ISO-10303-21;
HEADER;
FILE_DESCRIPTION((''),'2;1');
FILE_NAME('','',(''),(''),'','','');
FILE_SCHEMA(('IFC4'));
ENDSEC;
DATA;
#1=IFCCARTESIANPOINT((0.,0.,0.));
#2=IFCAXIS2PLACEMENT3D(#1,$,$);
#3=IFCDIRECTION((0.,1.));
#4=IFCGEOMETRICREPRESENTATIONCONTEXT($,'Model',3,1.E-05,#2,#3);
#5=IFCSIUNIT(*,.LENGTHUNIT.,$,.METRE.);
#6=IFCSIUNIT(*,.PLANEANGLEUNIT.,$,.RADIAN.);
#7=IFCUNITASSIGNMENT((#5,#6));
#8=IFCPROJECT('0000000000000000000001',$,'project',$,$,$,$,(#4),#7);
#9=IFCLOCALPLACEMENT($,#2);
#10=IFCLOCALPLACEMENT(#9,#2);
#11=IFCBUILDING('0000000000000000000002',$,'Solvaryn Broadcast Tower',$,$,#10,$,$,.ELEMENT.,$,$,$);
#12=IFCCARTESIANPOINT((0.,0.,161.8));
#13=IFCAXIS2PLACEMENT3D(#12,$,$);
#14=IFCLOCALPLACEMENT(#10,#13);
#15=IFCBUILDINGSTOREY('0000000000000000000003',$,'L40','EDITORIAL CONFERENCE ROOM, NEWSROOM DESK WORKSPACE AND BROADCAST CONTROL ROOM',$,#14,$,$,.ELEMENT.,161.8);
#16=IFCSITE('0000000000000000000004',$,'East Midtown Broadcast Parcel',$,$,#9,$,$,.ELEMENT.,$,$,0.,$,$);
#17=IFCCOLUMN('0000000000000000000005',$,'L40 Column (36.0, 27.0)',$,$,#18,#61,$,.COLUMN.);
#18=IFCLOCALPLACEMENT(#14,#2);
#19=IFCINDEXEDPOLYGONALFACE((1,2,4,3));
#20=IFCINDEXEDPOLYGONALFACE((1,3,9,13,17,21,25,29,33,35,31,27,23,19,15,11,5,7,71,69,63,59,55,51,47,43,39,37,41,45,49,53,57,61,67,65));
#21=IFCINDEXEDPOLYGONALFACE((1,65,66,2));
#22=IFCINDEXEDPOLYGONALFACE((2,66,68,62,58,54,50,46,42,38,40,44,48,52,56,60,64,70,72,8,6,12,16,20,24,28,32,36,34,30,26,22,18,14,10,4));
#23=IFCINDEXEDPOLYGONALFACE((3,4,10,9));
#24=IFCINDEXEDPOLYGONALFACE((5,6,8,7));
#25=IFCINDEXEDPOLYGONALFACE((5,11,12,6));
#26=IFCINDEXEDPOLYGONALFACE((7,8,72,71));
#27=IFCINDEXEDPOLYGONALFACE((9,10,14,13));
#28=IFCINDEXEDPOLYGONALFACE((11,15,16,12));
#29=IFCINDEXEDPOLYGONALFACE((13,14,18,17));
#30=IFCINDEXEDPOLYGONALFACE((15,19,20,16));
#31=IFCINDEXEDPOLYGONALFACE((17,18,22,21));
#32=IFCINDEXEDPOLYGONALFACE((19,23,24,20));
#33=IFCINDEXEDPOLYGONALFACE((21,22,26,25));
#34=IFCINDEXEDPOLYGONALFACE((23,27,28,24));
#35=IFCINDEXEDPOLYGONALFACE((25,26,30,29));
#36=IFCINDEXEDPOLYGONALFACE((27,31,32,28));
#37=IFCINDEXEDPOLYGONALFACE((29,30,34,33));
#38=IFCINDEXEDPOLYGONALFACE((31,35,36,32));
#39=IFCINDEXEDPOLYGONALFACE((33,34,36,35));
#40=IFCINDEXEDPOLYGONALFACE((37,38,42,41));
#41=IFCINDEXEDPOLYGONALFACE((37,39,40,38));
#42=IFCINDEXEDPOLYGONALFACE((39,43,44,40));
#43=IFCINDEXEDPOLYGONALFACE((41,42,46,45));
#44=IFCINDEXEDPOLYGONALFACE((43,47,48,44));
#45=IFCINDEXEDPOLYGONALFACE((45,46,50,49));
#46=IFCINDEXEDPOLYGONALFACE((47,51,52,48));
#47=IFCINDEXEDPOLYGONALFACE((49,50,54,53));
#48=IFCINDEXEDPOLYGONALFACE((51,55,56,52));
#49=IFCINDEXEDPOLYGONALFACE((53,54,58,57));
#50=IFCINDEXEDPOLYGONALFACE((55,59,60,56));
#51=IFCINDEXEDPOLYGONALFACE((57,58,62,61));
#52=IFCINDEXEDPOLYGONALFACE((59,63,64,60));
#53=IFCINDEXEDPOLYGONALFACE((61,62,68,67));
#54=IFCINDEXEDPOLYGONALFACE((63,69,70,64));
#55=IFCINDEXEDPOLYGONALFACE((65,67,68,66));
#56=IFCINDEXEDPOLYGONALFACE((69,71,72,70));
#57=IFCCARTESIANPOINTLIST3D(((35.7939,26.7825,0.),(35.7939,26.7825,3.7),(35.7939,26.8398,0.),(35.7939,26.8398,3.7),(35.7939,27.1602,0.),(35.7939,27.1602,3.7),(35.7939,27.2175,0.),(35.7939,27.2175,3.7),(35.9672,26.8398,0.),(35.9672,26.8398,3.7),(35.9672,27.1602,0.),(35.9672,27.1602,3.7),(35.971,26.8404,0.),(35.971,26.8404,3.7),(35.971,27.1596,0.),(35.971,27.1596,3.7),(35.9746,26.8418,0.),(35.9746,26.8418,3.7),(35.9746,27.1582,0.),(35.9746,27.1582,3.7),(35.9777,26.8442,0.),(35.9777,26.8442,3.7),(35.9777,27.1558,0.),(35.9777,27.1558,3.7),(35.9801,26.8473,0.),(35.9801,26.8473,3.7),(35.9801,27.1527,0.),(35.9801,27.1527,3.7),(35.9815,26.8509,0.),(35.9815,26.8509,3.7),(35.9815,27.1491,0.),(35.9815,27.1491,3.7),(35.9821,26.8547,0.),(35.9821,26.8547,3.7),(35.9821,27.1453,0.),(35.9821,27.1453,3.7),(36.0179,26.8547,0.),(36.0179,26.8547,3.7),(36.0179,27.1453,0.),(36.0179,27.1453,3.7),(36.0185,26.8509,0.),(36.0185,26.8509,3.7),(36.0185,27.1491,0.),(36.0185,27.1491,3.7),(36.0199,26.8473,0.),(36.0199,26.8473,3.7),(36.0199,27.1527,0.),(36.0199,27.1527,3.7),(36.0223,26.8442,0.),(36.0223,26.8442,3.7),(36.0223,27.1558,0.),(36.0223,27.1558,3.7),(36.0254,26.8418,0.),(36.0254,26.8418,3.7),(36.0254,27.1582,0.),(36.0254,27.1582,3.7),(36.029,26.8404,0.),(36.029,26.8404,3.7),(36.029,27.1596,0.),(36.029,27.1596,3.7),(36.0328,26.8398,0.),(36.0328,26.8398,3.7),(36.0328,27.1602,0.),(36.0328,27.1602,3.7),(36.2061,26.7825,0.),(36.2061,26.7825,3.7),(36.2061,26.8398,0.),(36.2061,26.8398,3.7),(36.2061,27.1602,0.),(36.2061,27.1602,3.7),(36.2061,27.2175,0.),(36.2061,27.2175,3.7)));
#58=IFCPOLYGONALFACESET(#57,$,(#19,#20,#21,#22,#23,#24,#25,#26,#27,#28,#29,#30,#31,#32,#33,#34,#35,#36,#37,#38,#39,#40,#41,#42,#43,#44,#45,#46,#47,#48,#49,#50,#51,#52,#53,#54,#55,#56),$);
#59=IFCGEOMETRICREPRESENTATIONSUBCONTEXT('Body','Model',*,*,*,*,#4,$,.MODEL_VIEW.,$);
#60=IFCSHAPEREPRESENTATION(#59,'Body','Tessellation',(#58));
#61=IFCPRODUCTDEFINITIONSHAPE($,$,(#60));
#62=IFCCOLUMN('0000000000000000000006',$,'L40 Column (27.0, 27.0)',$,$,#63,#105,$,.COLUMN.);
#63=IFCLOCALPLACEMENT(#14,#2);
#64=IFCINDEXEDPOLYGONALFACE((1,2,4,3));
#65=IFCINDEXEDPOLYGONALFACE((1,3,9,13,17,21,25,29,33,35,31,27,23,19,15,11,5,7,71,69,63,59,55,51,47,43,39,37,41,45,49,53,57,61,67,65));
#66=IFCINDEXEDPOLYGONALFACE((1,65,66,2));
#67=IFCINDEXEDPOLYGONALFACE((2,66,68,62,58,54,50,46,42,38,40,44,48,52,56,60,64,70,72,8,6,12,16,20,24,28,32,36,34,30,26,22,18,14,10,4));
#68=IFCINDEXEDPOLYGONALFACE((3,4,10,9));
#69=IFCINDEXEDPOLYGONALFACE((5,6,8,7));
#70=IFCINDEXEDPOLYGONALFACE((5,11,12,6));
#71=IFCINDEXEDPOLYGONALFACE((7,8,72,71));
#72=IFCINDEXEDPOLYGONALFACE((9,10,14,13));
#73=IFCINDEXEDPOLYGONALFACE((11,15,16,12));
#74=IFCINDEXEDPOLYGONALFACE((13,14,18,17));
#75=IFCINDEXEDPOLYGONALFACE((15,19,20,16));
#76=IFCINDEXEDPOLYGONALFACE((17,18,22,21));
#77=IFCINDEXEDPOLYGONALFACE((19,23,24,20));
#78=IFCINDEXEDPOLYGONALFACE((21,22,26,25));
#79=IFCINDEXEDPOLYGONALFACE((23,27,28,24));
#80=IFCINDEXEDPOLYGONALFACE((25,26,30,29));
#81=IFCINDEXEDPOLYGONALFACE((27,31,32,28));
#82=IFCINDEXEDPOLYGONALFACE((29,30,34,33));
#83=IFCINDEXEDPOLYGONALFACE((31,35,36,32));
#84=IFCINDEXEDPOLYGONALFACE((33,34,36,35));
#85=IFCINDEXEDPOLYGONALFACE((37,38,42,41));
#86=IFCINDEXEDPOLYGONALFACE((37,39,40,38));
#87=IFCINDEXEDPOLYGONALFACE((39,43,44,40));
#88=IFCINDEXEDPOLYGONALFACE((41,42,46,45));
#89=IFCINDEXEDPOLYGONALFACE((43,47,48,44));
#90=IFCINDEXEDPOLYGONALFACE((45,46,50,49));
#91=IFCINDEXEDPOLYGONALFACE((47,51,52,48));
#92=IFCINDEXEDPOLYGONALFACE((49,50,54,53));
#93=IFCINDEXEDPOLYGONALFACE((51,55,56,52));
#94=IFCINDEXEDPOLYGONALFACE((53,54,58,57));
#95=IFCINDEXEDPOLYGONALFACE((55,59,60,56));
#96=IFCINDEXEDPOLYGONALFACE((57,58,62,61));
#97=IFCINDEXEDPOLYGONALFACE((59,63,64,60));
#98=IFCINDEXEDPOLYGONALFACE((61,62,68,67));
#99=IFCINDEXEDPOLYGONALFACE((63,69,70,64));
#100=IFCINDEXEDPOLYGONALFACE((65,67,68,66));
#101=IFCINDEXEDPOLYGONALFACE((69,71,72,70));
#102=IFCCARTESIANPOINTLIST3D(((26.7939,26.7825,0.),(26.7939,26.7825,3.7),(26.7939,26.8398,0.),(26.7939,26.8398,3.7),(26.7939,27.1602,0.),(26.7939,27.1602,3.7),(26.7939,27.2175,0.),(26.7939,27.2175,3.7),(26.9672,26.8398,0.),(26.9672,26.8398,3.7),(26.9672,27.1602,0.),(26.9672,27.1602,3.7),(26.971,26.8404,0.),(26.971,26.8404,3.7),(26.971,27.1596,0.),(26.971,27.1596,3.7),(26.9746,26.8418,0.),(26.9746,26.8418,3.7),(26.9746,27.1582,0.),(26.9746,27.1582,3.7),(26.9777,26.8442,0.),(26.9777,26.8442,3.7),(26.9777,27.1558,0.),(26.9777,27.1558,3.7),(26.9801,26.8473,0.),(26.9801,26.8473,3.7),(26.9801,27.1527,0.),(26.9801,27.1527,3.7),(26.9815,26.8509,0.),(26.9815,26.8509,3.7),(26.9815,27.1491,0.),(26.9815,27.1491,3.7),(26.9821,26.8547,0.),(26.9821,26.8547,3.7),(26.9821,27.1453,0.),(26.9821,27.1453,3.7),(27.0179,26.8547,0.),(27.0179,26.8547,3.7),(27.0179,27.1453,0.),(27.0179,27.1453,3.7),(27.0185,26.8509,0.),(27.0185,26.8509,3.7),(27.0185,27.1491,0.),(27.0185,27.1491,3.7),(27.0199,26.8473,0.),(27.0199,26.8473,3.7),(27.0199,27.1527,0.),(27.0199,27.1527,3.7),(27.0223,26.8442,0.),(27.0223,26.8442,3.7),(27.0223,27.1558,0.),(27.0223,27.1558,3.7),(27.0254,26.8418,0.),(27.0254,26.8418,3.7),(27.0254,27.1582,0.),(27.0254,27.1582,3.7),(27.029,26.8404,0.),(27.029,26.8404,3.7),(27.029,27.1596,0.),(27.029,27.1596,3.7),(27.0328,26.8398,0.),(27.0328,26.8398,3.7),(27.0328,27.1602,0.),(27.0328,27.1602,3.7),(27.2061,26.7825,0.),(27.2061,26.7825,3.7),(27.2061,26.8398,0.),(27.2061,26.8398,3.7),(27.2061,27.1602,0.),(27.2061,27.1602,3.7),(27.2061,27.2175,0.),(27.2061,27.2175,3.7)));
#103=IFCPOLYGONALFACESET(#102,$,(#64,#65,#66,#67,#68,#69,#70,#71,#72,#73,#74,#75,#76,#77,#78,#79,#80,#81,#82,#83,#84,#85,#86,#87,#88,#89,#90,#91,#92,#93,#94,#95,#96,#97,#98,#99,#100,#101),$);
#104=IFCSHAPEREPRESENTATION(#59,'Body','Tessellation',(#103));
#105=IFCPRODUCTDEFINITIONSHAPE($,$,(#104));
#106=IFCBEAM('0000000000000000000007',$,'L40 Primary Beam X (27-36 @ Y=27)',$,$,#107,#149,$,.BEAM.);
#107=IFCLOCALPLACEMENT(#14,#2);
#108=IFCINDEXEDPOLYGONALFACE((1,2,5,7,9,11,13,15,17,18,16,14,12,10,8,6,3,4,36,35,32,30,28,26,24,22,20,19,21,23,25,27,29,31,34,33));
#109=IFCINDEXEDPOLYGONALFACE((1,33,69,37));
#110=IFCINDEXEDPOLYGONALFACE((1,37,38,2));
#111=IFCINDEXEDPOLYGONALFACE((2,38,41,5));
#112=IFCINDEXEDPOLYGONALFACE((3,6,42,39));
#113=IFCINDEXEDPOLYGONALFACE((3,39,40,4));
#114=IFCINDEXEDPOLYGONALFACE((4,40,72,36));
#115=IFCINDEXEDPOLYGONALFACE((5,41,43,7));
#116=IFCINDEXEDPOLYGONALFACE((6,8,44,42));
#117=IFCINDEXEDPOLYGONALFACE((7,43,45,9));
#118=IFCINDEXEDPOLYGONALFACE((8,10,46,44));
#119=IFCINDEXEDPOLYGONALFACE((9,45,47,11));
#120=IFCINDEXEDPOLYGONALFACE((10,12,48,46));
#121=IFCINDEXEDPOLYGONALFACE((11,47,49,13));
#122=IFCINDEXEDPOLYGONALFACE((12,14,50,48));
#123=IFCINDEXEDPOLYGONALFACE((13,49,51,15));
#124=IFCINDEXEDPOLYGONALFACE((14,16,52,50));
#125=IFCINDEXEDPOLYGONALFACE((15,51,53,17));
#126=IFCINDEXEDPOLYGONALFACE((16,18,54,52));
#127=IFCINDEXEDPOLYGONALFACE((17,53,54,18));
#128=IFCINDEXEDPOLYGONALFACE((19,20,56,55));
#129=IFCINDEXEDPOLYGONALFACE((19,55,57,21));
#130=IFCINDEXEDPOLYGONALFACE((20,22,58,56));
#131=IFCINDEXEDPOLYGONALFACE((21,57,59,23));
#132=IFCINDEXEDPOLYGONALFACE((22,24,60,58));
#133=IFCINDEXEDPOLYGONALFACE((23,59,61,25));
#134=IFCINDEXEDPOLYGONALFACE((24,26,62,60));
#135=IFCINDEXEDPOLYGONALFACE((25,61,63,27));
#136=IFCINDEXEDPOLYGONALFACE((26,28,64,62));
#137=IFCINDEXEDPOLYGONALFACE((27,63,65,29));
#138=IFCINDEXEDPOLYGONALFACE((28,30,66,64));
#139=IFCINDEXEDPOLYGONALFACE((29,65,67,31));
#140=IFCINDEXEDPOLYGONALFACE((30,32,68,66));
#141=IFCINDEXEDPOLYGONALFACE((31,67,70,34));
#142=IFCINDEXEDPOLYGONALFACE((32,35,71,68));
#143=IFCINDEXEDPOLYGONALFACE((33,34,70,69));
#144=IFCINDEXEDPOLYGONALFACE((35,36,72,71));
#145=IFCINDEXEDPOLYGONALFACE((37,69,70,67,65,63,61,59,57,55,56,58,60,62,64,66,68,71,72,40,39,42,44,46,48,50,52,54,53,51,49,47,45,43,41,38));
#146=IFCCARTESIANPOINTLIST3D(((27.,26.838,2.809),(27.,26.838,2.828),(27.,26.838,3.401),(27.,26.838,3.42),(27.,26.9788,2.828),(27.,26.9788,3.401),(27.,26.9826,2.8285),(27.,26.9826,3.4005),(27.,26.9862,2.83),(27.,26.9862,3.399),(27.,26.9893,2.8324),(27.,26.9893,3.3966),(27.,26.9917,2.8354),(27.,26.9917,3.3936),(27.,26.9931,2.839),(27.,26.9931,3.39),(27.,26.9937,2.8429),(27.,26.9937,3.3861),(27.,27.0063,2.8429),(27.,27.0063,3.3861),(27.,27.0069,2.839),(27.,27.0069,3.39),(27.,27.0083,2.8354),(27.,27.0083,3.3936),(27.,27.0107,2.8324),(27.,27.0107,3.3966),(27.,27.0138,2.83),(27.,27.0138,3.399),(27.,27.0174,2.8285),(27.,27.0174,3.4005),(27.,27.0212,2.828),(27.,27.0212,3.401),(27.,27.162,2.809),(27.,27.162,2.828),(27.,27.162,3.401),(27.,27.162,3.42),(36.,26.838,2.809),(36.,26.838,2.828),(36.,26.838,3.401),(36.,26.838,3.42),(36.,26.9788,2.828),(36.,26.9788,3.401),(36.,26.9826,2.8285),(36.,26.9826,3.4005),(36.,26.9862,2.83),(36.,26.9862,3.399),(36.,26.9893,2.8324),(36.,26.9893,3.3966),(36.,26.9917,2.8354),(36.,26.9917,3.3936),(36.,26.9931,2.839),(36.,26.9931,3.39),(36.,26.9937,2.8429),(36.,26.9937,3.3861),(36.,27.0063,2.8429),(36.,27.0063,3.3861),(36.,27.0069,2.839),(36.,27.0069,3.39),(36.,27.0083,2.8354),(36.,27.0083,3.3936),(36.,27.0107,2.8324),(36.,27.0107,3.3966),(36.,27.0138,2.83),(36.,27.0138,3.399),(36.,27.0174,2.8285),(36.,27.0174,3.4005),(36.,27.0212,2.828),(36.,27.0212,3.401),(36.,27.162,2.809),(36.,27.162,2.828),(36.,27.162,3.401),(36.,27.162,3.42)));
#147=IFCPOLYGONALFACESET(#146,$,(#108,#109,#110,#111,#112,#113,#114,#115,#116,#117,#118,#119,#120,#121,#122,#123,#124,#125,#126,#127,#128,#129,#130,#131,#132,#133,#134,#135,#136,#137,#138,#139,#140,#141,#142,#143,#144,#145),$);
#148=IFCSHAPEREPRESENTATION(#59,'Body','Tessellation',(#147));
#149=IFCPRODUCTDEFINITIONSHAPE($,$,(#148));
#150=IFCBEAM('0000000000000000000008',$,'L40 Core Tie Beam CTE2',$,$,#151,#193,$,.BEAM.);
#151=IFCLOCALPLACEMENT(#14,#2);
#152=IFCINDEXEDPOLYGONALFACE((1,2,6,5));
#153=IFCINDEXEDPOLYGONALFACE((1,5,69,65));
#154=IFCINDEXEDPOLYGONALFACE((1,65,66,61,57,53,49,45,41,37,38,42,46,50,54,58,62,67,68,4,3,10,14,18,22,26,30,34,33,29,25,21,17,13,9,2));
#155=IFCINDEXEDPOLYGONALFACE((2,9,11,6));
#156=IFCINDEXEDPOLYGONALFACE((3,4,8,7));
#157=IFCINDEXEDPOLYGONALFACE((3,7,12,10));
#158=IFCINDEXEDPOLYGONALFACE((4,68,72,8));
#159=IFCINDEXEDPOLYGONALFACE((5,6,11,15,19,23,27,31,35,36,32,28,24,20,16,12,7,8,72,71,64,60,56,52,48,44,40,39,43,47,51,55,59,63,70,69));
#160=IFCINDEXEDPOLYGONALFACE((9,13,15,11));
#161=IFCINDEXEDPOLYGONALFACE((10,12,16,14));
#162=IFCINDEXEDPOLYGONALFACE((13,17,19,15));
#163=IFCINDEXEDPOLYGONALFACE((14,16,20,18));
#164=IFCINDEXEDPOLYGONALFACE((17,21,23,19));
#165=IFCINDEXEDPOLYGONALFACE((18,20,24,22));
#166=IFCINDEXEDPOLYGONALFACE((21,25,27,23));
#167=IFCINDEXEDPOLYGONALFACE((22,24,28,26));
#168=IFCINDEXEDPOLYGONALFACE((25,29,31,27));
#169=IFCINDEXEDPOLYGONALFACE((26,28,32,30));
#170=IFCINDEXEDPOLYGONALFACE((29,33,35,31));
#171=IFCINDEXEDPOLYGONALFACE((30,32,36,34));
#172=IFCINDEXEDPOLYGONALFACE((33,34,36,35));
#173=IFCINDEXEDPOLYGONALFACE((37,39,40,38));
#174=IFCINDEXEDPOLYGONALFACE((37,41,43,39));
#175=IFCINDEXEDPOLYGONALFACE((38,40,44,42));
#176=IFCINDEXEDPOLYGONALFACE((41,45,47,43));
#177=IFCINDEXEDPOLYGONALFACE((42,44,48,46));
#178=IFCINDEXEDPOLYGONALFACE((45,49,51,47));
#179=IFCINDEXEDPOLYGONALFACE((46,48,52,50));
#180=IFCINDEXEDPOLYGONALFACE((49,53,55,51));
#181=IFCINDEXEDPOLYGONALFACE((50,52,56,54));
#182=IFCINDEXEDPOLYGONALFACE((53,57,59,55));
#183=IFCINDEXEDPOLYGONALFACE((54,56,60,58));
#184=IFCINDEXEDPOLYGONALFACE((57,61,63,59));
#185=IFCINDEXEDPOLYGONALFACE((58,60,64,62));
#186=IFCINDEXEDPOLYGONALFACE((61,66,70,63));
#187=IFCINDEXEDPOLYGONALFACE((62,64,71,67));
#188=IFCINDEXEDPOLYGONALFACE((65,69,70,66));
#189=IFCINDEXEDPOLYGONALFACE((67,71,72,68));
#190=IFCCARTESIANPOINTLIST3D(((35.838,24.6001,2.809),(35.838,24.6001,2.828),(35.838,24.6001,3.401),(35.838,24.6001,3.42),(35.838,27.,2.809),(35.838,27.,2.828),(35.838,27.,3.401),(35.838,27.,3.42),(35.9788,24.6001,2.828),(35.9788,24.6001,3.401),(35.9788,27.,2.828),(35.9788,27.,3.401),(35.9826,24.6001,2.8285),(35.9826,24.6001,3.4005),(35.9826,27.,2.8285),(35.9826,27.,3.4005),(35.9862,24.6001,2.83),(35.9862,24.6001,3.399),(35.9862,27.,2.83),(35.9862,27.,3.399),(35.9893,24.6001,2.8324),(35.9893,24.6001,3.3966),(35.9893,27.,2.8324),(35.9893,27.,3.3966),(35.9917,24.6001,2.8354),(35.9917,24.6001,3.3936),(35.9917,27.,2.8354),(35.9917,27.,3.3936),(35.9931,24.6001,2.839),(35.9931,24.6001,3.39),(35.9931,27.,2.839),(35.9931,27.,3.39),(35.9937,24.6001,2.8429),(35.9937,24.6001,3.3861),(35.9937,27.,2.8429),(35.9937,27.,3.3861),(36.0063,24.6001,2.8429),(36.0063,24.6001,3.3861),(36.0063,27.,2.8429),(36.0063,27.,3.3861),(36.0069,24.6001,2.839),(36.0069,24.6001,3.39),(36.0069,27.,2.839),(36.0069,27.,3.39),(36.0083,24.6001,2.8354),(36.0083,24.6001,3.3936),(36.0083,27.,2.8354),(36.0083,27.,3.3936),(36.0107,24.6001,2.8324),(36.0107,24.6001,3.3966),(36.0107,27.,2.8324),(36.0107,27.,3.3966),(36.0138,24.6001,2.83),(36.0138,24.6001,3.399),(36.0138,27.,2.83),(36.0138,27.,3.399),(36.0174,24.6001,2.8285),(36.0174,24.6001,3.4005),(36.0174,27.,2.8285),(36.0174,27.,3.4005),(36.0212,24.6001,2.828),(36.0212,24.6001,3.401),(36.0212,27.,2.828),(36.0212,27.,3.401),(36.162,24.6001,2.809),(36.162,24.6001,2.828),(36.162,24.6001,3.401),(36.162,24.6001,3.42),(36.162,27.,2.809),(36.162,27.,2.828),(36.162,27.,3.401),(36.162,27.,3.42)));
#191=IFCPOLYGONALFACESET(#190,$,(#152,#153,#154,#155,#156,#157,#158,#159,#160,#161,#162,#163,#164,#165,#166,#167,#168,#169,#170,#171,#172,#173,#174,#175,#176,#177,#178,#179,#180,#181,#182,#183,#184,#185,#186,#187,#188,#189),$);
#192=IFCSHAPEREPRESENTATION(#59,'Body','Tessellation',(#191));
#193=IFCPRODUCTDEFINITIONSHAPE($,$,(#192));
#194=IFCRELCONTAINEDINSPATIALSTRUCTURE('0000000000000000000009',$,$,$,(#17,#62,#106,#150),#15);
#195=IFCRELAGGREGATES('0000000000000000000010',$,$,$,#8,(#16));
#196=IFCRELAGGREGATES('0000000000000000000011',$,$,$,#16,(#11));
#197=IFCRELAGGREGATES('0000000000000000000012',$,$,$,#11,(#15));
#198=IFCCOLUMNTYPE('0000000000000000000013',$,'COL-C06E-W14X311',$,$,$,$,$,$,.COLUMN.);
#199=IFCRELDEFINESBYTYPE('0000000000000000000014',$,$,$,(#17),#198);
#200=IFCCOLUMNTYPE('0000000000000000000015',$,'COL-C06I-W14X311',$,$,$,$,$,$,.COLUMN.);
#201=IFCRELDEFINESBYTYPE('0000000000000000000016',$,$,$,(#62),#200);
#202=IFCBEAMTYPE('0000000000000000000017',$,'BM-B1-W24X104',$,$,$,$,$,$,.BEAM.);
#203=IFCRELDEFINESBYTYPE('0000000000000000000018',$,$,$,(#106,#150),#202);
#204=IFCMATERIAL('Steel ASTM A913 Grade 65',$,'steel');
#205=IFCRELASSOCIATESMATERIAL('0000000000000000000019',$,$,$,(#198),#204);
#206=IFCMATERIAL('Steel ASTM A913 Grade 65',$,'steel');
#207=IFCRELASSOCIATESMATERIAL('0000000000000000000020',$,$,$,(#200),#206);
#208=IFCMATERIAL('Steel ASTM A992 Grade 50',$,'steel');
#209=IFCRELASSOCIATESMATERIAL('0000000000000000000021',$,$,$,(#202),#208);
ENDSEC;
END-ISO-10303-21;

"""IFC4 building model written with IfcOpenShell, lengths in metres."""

from ifc_helpers import new_model, si_unit, direction, frame, origin, origin_2d, place, context, subcontext, project, spatial, i_section, extrude, material, material_profile, profile_set, type_object, element, save


model = new_model("IFC4")

# Units and contexts
model_context = context("Model", 3, precision=1e-05, world=origin(), true_north=direction((0.0, 1.0)))
body_context = subcontext(model_context, "Body", "Model", "MODEL_VIEW")
ifc_project = project(units=[si_unit("LENGTHUNIT", "METRE"), si_unit("PLANEANGLEUNIT", "RADIAN")], contexts=[model_context])

# Site, building, storey
site_placement = place(None, origin())
site = spatial("IfcSite", under=ifc_project, at=site_placement, Name="East Midtown Broadcast Parcel", CompositionType="ELEMENT", RefElevation=0.0)
building_placement = place(site_placement, origin())
building = spatial("IfcBuilding", under=site, at=building_placement, Name="Solvaryn Broadcast Tower", CompositionType="ELEMENT")
storey_placement = place(building_placement, frame((0.0, 0.0, 161.8)))
storey = spatial("IfcBuildingStorey", under=building, at=storey_placement, Name="L40", Description="EDITORIAL CONFERENCE ROOM, NEWSROOM DESK WORKSPACE AND BROADCAST CONTROL ROOM", CompositionType="ELEMENT", Elevation=161.8)

# Columns
ifc_material_1 = material(Name="Steel ASTM A913 Grade 65", Category="steel")
ifc_material_profile_1 = material_profile(ifc_material_1, i_section(OverallWidth=0.4121, OverallDepth=0.4351, WebThickness=0.0359, FlangeThickness=0.0574, FilletRadius=0.0149, at=origin_2d()))
ifc_profile_set_1 = profile_set([ifc_material_profile_1], Name="Steel ASTM A913 Grade 65")
column_type_1 = type_object("IfcColumnType", Name="COL-C06E-W14X311", PredefinedType="COLUMN", material=ifc_profile_set_1)
column_1_placement = place(storey_placement, frame((36.0, 27.0, 0.0), z_axis=(0.0, 0.0, 1.0), x_axis=(1.0, 0.0, 0.0)))
element("IfcColumn", 1, at=column_1_placement, inside=storey, type_object=column_type_1, Name="L40 Column (36.0, 27.0)", PredefinedType="COLUMN", context=body_context, shape_type="SweptSolid", body=[
    extrude(i_section(OverallWidth=0.4121, OverallDepth=0.4351, WebThickness=0.0359, FlangeThickness=0.0574, FilletRadius=0.0149, at=origin_2d()), origin(), (0.0, 0.0, 1.0), 3.7),
])
ifc_material_2 = material(Name="Steel ASTM A913 Grade 65", Category="steel")
ifc_material_profile_2 = material_profile(ifc_material_2, i_section(OverallWidth=0.4121, OverallDepth=0.4351, WebThickness=0.0359, FlangeThickness=0.0574, FilletRadius=0.0149, at=origin_2d()))
ifc_profile_set_2 = profile_set([ifc_material_profile_2], Name="Steel ASTM A913 Grade 65")
column_type_2 = type_object("IfcColumnType", Name="COL-C06I-W14X311", PredefinedType="COLUMN", material=ifc_profile_set_2)
column_2_placement = place(storey_placement, frame((27.0, 27.0, 0.0), z_axis=(0.0, 0.0, 1.0), x_axis=(1.0, 0.0, 0.0)))
element("IfcColumn", 2, at=column_2_placement, inside=storey, type_object=column_type_2, Name="L40 Column (27.0, 27.0)", PredefinedType="COLUMN", context=body_context, shape_type="SweptSolid", body=[
    extrude(i_section(OverallWidth=0.4121, OverallDepth=0.4351, WebThickness=0.0359, FlangeThickness=0.0574, FilletRadius=0.0149, at=origin_2d()), origin(), (0.0, 0.0, 1.0), 3.7),
])

# Beams
ifc_material_3 = material(Name="Steel ASTM A992 Grade 50", Category="steel")
ifc_material_profile_3 = material_profile(ifc_material_3, i_section(OverallWidth=0.324, OverallDepth=0.6111, WebThickness=0.0127, FlangeThickness=0.019, FilletRadius=0.0149, at=origin_2d()))
ifc_profile_set_3 = profile_set([ifc_material_profile_3], Name="Steel ASTM A992 Grade 50")
beam_type_1 = type_object("IfcBeamType", Name="BM-B1-W24X104", PredefinedType="BEAM", material=ifc_profile_set_3)
beam_1_placement = place(storey_placement, frame((27.0, 27.0, 3.1145), z_axis=(1.0, 0.0, 0.0), x_axis=(0.0, 1.0, 0.0)))
element("IfcBeam", 3, at=beam_1_placement, inside=storey, type_object=beam_type_1, Name="L40 Primary Beam X (27-36 @ Y=27)", PredefinedType="BEAM", context=body_context, shape_type="SweptSolid", body=[
    extrude(i_section(OverallWidth=0.324, OverallDepth=0.6111, WebThickness=0.0127, FlangeThickness=0.019, FilletRadius=0.0149, at=origin_2d()), origin(), (0.0, 0.0, 1.0), 9.0),
])
beam_2_placement = place(storey_placement, frame((36.0, 24.6001, 3.1145), z_axis=(0.0, 1.0, 0.0), x_axis=(-1.0, 0.0, 0.0)))
element("IfcBeam", 4, at=beam_2_placement, inside=storey, type_object=beam_type_1, Name="L40 Core Tie Beam CTE2", PredefinedType="BEAM", context=body_context, shape_type="SweptSolid", body=[
    extrude(i_section(OverallWidth=0.324, OverallDepth=0.6111, WebThickness=0.0127, FlangeThickness=0.019, FilletRadius=0.0149, at=origin_2d()), origin(), (0.0, 0.0, 1.0), 2.3999),
])

save(model, "model.ifc")
